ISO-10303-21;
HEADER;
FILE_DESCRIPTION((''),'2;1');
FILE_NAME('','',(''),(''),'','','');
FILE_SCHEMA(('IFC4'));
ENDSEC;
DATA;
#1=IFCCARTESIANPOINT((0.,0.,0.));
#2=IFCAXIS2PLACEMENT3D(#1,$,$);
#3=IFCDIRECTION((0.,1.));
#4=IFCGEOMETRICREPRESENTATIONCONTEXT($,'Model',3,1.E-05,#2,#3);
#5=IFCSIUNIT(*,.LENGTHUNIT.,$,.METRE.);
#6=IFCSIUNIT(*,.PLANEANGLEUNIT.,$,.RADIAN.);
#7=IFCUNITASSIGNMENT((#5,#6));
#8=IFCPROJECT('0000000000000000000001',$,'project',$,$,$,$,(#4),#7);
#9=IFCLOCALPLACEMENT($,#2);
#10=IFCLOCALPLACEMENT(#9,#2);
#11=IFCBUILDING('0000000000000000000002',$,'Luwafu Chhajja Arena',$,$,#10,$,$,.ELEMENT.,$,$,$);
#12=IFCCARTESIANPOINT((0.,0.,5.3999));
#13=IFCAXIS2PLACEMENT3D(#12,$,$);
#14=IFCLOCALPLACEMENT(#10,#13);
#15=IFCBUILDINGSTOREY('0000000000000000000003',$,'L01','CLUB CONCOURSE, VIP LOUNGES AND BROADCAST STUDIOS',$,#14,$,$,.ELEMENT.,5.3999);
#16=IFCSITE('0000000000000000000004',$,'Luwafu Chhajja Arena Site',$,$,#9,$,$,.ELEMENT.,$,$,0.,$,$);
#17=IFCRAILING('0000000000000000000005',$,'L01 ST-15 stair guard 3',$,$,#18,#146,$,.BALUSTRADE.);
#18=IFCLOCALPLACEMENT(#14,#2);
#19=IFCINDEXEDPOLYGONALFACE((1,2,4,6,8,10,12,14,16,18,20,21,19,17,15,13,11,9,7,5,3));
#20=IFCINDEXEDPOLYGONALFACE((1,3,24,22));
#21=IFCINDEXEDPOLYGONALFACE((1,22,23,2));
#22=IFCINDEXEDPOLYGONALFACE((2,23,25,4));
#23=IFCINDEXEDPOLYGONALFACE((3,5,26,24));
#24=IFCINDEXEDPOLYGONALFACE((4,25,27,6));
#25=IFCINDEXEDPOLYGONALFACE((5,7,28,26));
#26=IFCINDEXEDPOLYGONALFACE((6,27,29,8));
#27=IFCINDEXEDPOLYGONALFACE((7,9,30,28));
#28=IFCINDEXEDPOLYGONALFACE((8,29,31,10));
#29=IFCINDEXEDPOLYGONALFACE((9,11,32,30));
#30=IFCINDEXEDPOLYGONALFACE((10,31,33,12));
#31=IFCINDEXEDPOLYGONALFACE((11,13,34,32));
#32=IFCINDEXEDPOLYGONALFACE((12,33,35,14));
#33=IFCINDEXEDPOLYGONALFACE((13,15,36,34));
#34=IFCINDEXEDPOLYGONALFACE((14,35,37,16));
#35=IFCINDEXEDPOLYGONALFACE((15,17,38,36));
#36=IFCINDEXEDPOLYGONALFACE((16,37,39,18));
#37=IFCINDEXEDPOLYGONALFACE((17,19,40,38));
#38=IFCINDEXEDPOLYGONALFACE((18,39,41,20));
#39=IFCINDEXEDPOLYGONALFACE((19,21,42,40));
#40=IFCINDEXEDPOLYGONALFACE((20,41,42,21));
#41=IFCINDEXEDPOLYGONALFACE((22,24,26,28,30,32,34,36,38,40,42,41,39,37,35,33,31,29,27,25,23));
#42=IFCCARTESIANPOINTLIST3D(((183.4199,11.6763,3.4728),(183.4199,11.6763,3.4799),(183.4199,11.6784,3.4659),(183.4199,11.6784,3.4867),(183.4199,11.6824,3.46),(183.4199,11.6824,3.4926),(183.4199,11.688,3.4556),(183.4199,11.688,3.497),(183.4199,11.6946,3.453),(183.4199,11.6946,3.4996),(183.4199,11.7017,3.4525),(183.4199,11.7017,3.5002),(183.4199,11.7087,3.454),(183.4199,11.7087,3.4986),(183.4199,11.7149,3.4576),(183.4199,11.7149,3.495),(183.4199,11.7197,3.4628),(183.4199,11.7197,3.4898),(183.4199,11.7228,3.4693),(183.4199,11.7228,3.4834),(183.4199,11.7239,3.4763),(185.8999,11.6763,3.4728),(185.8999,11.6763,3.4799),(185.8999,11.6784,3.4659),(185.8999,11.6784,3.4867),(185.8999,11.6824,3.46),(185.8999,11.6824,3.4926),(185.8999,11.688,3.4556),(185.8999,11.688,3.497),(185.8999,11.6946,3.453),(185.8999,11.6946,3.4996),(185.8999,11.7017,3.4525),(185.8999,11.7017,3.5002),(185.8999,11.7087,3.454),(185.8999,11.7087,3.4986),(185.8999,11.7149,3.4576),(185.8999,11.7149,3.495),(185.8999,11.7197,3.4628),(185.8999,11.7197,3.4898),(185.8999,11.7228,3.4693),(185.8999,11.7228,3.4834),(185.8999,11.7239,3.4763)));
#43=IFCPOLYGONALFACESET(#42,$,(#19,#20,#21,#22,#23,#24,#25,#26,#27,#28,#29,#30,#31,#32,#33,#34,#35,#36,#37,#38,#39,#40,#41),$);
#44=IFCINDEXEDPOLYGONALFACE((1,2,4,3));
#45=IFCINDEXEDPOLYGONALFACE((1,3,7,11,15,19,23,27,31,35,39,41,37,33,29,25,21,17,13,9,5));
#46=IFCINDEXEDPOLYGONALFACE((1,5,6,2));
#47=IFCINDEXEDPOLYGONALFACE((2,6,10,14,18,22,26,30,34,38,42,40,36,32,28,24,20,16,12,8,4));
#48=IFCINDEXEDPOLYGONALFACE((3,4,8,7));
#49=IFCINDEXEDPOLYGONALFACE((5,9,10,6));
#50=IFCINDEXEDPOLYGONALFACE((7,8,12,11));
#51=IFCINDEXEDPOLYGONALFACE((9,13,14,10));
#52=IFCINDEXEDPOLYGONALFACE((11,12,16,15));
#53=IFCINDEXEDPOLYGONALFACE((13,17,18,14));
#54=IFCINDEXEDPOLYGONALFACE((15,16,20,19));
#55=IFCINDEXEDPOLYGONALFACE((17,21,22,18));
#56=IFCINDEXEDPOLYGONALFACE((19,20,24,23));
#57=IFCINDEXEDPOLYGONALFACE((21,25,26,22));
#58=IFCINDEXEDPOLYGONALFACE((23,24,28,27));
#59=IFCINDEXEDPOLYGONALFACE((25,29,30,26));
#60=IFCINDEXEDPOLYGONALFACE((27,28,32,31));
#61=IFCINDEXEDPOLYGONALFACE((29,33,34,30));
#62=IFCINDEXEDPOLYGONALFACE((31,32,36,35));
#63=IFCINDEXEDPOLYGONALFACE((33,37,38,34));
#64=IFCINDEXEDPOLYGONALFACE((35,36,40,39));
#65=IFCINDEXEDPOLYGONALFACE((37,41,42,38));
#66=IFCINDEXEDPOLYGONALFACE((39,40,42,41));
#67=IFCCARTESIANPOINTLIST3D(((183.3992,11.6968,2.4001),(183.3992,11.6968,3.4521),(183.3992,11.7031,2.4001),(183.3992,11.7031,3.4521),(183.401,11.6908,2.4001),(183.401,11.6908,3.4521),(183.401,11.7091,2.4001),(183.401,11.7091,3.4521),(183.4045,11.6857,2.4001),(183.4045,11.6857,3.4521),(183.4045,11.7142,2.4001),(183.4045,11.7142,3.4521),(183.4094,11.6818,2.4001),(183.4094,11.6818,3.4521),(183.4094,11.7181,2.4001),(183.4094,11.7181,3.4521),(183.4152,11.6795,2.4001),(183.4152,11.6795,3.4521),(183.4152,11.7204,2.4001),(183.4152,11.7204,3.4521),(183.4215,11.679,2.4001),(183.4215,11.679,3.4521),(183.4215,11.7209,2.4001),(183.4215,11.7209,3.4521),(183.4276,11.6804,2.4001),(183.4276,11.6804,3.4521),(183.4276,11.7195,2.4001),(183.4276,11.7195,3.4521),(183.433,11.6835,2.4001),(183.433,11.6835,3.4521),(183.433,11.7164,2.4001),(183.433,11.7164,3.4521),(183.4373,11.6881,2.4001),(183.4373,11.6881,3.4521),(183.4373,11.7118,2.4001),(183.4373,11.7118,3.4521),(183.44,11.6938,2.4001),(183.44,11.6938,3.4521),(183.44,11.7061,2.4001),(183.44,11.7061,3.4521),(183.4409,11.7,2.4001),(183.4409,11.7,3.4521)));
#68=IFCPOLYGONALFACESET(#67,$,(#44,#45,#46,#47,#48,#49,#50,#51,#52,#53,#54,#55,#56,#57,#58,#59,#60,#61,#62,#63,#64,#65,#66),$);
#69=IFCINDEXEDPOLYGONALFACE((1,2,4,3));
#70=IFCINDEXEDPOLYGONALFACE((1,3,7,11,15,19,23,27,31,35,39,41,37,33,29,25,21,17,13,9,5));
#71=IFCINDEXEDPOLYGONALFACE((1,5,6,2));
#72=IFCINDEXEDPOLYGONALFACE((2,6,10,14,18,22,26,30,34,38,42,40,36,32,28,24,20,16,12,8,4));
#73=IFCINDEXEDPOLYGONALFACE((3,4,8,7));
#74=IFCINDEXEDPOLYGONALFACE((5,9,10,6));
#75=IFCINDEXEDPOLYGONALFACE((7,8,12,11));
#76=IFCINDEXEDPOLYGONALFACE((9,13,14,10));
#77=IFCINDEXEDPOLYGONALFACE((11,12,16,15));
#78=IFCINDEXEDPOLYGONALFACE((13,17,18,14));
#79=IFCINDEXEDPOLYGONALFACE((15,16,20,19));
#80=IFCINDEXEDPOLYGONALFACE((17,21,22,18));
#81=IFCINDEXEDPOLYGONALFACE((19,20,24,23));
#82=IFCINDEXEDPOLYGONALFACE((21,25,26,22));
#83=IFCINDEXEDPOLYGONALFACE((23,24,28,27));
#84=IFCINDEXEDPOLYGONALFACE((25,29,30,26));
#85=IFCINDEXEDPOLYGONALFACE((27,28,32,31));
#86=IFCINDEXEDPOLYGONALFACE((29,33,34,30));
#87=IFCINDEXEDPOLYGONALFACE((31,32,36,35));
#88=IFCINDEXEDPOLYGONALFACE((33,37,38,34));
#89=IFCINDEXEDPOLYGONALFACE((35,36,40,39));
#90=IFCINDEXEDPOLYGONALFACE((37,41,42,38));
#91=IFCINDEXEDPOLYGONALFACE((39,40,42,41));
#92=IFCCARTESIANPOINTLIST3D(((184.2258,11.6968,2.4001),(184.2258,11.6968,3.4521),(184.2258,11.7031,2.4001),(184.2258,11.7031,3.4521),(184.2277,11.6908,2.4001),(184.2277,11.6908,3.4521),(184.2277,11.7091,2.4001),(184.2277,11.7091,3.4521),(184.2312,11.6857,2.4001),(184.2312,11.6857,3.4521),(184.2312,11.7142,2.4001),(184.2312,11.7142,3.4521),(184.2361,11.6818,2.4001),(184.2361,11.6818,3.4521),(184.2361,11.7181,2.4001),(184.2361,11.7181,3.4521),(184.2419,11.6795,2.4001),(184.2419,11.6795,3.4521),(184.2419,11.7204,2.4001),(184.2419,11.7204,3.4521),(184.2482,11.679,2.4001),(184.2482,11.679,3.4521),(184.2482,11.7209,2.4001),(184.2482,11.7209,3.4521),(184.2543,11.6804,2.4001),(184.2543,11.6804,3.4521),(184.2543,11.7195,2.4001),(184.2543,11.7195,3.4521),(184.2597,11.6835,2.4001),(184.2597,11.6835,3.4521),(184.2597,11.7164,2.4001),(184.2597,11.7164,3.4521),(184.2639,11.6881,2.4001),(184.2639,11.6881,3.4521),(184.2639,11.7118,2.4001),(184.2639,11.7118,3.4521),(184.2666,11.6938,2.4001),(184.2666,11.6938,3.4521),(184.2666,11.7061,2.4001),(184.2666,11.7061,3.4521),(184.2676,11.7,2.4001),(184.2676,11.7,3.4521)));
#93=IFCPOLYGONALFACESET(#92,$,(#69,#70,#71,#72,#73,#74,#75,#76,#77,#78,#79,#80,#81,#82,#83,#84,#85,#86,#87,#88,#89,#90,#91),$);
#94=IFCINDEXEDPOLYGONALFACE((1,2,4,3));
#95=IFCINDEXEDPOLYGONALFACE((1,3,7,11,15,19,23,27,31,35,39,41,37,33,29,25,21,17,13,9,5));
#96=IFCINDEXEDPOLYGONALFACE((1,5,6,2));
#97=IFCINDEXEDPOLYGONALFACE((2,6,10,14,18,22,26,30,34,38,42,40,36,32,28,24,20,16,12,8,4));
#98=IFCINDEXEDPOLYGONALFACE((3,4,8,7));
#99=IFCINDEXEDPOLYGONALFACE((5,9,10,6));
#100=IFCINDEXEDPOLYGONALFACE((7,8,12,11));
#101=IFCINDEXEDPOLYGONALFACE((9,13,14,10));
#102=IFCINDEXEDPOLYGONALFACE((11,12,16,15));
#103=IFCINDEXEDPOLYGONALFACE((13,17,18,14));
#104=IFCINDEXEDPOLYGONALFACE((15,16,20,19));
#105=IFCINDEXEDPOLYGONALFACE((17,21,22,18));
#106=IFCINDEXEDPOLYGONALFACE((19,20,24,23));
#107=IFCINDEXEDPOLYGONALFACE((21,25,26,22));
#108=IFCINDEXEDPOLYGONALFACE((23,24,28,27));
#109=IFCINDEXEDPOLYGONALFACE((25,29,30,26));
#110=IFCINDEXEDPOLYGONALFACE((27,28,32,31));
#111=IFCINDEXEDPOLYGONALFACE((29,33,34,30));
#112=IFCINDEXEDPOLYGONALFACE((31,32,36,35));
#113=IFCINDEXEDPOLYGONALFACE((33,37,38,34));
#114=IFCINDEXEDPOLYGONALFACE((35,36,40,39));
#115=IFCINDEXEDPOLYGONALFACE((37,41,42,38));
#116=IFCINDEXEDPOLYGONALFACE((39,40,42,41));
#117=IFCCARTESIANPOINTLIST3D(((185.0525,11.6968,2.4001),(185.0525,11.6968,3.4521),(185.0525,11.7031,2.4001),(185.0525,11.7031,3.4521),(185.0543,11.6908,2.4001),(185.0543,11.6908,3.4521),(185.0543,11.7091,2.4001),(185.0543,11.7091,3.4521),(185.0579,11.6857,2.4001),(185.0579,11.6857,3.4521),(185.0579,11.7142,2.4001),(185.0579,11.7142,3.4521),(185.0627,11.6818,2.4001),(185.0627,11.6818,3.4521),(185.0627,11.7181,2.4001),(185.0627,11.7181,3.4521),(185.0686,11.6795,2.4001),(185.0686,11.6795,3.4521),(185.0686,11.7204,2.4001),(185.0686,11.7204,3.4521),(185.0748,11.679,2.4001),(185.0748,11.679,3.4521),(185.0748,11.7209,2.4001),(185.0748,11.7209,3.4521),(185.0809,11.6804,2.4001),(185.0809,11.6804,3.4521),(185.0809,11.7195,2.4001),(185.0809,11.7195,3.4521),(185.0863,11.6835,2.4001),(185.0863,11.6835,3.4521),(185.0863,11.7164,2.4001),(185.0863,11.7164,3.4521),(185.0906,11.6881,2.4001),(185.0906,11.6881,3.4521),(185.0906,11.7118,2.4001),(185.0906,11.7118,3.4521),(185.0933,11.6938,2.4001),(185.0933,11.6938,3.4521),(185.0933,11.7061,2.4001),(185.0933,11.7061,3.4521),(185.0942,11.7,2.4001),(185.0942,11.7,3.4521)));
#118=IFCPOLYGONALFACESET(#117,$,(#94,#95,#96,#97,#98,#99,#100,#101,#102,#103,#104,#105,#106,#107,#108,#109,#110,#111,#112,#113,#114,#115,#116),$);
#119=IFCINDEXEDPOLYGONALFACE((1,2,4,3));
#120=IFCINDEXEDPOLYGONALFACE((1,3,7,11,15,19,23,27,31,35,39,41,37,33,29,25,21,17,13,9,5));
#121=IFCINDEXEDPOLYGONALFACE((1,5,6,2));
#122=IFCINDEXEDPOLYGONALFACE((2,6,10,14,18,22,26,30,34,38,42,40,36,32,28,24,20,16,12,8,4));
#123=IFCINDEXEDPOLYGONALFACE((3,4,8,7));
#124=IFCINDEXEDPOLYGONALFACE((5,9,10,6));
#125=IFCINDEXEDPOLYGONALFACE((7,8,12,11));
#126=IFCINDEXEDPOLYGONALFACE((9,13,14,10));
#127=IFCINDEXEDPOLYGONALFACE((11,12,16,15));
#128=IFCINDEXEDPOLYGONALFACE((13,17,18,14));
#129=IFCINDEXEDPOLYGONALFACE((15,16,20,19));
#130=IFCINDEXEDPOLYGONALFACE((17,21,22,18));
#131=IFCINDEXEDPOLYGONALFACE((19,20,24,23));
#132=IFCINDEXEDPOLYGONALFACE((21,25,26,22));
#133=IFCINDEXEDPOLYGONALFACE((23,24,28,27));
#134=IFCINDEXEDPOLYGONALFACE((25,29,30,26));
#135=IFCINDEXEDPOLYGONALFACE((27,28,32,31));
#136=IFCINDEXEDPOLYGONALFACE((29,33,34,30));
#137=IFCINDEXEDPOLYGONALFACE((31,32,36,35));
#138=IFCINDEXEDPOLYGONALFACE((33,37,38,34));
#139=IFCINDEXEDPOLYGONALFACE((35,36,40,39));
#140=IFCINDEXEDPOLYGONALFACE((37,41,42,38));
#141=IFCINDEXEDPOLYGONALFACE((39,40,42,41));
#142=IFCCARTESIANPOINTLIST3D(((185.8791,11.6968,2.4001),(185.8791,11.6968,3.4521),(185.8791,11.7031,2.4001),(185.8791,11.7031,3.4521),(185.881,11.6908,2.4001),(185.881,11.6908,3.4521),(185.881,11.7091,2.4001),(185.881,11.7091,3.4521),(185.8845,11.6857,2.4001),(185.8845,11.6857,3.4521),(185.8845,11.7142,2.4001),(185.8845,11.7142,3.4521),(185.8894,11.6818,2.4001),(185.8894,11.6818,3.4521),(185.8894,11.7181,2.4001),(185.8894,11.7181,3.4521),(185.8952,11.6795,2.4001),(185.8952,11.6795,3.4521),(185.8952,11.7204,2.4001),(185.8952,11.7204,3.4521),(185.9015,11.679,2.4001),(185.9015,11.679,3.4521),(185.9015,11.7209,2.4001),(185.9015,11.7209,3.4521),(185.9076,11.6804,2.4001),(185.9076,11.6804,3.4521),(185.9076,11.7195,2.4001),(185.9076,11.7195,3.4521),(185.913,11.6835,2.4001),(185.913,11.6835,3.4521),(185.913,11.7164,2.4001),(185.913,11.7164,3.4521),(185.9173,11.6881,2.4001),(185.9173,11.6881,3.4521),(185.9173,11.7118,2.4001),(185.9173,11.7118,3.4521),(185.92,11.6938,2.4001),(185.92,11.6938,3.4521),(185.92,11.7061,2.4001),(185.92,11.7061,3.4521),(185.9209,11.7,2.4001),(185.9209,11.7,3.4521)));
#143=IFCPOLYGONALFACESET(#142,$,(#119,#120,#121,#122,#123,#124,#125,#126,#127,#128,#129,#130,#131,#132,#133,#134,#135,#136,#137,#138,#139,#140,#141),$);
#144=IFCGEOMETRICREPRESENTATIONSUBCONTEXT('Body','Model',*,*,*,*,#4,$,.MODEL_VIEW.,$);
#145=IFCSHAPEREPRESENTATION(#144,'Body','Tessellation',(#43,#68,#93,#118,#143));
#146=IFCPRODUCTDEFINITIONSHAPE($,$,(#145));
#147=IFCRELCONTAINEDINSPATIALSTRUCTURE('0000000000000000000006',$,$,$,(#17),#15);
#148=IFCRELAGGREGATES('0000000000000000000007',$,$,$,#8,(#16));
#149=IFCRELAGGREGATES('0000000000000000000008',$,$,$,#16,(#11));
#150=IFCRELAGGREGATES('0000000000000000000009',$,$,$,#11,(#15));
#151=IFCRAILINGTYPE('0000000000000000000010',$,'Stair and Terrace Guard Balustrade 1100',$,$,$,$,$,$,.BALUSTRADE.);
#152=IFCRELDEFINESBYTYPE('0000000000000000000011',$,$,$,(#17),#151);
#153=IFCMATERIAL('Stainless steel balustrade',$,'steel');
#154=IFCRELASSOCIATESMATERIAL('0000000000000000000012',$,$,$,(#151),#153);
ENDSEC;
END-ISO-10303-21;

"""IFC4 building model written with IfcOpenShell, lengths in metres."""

from ifc_helpers import new_model, si_unit, direction, frame, origin, origin_2d, place, context, subcontext, project, spatial, circle, extrude, material, type_object, element, save


model = new_model("IFC4")

# Units and contexts
model_context = context("Model", 3, precision=1e-05, world=origin(), true_north=direction((0.0, 1.0)))
body_context = subcontext(model_context, "Body", "Model", "MODEL_VIEW")
ifc_project = project(units=[si_unit("LENGTHUNIT", "METRE"), si_unit("PLANEANGLEUNIT", "RADIAN")], contexts=[model_context])

# Site, building, storey
site_placement = place(None, origin())
site = spatial("IfcSite", under=ifc_project, at=site_placement, Name="Luwafu Chhajja Arena Site", CompositionType="ELEMENT", RefElevation=0.0)
building_placement = place(site_placement, origin())
building = spatial("IfcBuilding", under=site, at=building_placement, Name="Luwafu Chhajja Arena", CompositionType="ELEMENT")
storey_placement = place(building_placement, frame((0.0, 0.0, 5.3999)))
storey = spatial("IfcBuildingStorey", under=building, at=storey_placement, Name="L01", Description="CLUB CONCOURSE, VIP LOUNGES AND BROADCAST STUDIOS", CompositionType="ELEMENT", Elevation=5.3999)

# Railing
ifc_material_1 = material(Name="Stainless steel balustrade", Category="steel")
railing_type_1 = type_object("IfcRailingType", Name="Stair and Terrace Guard Balustrade 1100", PredefinedType="BALUSTRADE", material=ifc_material_1)
for number, where, name in (
    (1, (183.4199, 11.7, 2.4001), "L01 ST-15 stair guard 3"),
):
    element("IfcRailing", number, at=place(storey_placement, frame(where)), inside=storey, type_object=railing_type_1, Name=name, PredefinedType="BALUSTRADE", context=body_context, shape_type="SweptSolid", body=[
        extrude(circle(Radius=0.0239, at=origin_2d()), frame((0.0, 0.0, 1.0762), z_axis=(1.0, 0.0, 0.0), x_axis=(0.0, 1.0, 0.0)), (0.0, 0.0, 1.0), 2.48),
        extrude(circle(Radius=0.021, at=origin_2d()), origin(), (0.0, 0.0, 1.0), 1.052),
        extrude(circle(Radius=0.021, at=origin_2d()), frame((0.8267, 0.0, 0.0)), (0.0, 0.0, 1.0), 1.052),
        extrude(circle(Radius=0.021, at=origin_2d()), frame((1.6533, 0.0, 0.0)), (0.0, 0.0, 1.0), 1.052),
        extrude(circle(Radius=0.021, at=origin_2d()), frame((2.48, 0.0, 0.0)), (0.0, 0.0, 1.0), 1.052),
    ])

save(model, "model.ifc")
